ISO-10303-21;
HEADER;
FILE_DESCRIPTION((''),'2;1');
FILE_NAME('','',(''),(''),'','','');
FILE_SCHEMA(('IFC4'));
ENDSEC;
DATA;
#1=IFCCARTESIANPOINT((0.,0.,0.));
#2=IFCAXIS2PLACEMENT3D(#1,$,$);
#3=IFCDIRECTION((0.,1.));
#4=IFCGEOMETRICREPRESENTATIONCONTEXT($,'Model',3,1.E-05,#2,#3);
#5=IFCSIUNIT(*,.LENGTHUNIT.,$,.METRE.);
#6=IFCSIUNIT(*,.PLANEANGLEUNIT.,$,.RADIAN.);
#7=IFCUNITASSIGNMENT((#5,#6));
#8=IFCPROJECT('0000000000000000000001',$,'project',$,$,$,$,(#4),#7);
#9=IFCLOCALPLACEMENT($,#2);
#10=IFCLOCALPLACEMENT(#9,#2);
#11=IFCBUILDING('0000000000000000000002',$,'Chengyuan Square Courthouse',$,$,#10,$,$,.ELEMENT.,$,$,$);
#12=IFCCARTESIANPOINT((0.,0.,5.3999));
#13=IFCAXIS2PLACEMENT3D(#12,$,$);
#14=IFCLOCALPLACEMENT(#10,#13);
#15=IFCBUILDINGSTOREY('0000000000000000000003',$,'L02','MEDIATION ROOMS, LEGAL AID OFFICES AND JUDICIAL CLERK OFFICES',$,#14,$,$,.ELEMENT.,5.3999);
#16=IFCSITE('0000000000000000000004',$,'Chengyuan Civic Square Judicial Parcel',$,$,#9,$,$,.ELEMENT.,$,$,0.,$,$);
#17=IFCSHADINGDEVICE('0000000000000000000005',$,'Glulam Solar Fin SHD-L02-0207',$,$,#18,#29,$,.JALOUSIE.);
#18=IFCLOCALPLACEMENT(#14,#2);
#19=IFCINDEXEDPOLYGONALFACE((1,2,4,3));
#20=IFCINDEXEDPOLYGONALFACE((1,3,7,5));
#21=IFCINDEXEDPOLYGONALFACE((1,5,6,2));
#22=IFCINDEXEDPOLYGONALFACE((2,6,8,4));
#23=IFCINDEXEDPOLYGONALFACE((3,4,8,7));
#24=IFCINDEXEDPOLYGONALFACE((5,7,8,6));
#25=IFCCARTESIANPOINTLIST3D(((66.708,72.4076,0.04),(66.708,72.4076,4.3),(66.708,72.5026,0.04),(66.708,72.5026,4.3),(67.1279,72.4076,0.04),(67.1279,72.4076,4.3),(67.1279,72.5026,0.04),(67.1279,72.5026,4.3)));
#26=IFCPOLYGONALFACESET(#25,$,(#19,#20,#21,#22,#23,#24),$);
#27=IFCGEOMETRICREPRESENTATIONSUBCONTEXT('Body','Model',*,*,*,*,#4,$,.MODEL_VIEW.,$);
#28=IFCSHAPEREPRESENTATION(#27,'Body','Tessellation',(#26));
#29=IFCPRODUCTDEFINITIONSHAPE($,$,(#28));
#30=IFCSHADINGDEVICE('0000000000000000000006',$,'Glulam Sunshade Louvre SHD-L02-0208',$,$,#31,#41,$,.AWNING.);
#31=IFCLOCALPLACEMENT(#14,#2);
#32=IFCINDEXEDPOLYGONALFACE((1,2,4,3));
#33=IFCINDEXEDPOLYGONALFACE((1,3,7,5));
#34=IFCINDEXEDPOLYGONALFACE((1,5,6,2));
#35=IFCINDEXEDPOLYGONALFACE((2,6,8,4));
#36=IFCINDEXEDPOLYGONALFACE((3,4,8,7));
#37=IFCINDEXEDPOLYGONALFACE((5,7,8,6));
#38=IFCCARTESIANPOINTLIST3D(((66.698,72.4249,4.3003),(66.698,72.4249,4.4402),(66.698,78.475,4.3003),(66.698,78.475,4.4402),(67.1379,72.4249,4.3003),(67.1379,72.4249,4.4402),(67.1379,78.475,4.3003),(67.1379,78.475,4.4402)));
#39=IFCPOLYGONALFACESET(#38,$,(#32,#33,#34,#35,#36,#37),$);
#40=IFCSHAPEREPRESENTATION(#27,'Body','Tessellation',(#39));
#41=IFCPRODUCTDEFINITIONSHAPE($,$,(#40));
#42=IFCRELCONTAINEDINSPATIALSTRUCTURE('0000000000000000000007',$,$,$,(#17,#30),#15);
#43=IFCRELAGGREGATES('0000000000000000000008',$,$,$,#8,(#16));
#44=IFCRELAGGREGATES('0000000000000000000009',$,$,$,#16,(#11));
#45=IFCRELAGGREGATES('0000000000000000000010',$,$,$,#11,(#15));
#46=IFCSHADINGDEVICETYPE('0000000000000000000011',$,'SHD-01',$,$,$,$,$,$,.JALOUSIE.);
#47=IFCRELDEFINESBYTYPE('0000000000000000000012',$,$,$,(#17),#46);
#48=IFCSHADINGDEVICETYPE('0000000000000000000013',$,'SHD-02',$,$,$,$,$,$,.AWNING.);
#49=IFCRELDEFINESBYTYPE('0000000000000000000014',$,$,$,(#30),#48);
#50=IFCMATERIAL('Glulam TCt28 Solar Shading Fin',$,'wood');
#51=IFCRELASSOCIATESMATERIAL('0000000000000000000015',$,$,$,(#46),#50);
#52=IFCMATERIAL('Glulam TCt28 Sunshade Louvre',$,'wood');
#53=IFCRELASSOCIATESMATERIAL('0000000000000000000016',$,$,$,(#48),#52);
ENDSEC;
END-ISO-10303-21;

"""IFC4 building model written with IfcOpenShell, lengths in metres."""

from ifc_helpers import new_model, si_unit, direction, frame, origin, origin_2d, place, context, subcontext, project, spatial, rectangle, extrude, material, type_object, element, save


model = new_model("IFC4")

# Units and contexts
model_context = context("Model", 3, precision=1e-05, world=origin(), true_north=direction((0.0, 1.0)))
body_context = subcontext(model_context, "Body", "Model", "MODEL_VIEW")
ifc_project = project(units=[si_unit("LENGTHUNIT", "METRE"), si_unit("PLANEANGLEUNIT", "RADIAN")], contexts=[model_context])

# Site, building, storey
site_placement = place(None, origin())
site = spatial("IfcSite", under=ifc_project, at=site_placement, Name="Chengyuan Civic Square Judicial Parcel", CompositionType="ELEMENT", RefElevation=0.0)
building_placement = place(site_placement, origin())
building = spatial("IfcBuilding", under=site, at=building_placement, Name="Chengyuan Square Courthouse", CompositionType="ELEMENT")
storey_placement = place(building_placement, frame((0.0, 0.0, 5.3999)))
storey = spatial("IfcBuildingStorey", under=building, at=storey_placement, Name="L02", Description="MEDIATION ROOMS, LEGAL AID OFFICES AND JUDICIAL CLERK OFFICES", CompositionType="ELEMENT", Elevation=5.3999)

# Shading devices
ifc_material_1 = material(Name="Glulam TCt28 Solar Shading Fin", Category="wood")
shading_device_type_1 = type_object("IfcShadingDeviceType", Name="SHD-01", PredefinedType="JALOUSIE", material=ifc_material_1)
for number, where, z_axis, x_axis, name in (
    (1, (66.918, 72.4551, 0.04), (0.0, 0.0, 1.0), (1.0, 0.0, 0.0), "Glulam Solar Fin SHD-L02-0207"),
):
    element("IfcShadingDevice", number, at=place(storey_placement, frame(where, z_axis=z_axis, x_axis=x_axis)), inside=storey, type_object=shading_device_type_1, Name=name, PredefinedType="JALOUSIE", context=body_context, shape_type="SweptSolid", body=[
        extrude(rectangle(XDim=0.4199, YDim=0.095, at=origin_2d()), origin(), (0.0, 0.0, 1.0), 4.26),
    ])
ifc_material_2 = material(Name="Glulam TCt28 Sunshade Louvre", Category="wood")
shading_device_type_2 = type_object("IfcShadingDeviceType", Name="SHD-02", PredefinedType="AWNING", material=ifc_material_2)
shading_device_placement = place(storey_placement, frame((66.918, 75.45, 4.3003), z_axis=(0.0, 0.0, 1.0), x_axis=(0.0, 1.0, 0.0)))
element("IfcShadingDevice", 2, at=shading_device_placement, inside=storey, type_object=shading_device_type_2, Name="Glulam Sunshade Louvre SHD-L02-0208", PredefinedType="AWNING", context=body_context, shape_type="SweptSolid", body=[
    extrude(rectangle(XDim=6.05, YDim=0.4399, at=origin_2d()), origin(), (0.0, 0.0, 1.0), 0.1399),
])

save(model, "model.ifc")
